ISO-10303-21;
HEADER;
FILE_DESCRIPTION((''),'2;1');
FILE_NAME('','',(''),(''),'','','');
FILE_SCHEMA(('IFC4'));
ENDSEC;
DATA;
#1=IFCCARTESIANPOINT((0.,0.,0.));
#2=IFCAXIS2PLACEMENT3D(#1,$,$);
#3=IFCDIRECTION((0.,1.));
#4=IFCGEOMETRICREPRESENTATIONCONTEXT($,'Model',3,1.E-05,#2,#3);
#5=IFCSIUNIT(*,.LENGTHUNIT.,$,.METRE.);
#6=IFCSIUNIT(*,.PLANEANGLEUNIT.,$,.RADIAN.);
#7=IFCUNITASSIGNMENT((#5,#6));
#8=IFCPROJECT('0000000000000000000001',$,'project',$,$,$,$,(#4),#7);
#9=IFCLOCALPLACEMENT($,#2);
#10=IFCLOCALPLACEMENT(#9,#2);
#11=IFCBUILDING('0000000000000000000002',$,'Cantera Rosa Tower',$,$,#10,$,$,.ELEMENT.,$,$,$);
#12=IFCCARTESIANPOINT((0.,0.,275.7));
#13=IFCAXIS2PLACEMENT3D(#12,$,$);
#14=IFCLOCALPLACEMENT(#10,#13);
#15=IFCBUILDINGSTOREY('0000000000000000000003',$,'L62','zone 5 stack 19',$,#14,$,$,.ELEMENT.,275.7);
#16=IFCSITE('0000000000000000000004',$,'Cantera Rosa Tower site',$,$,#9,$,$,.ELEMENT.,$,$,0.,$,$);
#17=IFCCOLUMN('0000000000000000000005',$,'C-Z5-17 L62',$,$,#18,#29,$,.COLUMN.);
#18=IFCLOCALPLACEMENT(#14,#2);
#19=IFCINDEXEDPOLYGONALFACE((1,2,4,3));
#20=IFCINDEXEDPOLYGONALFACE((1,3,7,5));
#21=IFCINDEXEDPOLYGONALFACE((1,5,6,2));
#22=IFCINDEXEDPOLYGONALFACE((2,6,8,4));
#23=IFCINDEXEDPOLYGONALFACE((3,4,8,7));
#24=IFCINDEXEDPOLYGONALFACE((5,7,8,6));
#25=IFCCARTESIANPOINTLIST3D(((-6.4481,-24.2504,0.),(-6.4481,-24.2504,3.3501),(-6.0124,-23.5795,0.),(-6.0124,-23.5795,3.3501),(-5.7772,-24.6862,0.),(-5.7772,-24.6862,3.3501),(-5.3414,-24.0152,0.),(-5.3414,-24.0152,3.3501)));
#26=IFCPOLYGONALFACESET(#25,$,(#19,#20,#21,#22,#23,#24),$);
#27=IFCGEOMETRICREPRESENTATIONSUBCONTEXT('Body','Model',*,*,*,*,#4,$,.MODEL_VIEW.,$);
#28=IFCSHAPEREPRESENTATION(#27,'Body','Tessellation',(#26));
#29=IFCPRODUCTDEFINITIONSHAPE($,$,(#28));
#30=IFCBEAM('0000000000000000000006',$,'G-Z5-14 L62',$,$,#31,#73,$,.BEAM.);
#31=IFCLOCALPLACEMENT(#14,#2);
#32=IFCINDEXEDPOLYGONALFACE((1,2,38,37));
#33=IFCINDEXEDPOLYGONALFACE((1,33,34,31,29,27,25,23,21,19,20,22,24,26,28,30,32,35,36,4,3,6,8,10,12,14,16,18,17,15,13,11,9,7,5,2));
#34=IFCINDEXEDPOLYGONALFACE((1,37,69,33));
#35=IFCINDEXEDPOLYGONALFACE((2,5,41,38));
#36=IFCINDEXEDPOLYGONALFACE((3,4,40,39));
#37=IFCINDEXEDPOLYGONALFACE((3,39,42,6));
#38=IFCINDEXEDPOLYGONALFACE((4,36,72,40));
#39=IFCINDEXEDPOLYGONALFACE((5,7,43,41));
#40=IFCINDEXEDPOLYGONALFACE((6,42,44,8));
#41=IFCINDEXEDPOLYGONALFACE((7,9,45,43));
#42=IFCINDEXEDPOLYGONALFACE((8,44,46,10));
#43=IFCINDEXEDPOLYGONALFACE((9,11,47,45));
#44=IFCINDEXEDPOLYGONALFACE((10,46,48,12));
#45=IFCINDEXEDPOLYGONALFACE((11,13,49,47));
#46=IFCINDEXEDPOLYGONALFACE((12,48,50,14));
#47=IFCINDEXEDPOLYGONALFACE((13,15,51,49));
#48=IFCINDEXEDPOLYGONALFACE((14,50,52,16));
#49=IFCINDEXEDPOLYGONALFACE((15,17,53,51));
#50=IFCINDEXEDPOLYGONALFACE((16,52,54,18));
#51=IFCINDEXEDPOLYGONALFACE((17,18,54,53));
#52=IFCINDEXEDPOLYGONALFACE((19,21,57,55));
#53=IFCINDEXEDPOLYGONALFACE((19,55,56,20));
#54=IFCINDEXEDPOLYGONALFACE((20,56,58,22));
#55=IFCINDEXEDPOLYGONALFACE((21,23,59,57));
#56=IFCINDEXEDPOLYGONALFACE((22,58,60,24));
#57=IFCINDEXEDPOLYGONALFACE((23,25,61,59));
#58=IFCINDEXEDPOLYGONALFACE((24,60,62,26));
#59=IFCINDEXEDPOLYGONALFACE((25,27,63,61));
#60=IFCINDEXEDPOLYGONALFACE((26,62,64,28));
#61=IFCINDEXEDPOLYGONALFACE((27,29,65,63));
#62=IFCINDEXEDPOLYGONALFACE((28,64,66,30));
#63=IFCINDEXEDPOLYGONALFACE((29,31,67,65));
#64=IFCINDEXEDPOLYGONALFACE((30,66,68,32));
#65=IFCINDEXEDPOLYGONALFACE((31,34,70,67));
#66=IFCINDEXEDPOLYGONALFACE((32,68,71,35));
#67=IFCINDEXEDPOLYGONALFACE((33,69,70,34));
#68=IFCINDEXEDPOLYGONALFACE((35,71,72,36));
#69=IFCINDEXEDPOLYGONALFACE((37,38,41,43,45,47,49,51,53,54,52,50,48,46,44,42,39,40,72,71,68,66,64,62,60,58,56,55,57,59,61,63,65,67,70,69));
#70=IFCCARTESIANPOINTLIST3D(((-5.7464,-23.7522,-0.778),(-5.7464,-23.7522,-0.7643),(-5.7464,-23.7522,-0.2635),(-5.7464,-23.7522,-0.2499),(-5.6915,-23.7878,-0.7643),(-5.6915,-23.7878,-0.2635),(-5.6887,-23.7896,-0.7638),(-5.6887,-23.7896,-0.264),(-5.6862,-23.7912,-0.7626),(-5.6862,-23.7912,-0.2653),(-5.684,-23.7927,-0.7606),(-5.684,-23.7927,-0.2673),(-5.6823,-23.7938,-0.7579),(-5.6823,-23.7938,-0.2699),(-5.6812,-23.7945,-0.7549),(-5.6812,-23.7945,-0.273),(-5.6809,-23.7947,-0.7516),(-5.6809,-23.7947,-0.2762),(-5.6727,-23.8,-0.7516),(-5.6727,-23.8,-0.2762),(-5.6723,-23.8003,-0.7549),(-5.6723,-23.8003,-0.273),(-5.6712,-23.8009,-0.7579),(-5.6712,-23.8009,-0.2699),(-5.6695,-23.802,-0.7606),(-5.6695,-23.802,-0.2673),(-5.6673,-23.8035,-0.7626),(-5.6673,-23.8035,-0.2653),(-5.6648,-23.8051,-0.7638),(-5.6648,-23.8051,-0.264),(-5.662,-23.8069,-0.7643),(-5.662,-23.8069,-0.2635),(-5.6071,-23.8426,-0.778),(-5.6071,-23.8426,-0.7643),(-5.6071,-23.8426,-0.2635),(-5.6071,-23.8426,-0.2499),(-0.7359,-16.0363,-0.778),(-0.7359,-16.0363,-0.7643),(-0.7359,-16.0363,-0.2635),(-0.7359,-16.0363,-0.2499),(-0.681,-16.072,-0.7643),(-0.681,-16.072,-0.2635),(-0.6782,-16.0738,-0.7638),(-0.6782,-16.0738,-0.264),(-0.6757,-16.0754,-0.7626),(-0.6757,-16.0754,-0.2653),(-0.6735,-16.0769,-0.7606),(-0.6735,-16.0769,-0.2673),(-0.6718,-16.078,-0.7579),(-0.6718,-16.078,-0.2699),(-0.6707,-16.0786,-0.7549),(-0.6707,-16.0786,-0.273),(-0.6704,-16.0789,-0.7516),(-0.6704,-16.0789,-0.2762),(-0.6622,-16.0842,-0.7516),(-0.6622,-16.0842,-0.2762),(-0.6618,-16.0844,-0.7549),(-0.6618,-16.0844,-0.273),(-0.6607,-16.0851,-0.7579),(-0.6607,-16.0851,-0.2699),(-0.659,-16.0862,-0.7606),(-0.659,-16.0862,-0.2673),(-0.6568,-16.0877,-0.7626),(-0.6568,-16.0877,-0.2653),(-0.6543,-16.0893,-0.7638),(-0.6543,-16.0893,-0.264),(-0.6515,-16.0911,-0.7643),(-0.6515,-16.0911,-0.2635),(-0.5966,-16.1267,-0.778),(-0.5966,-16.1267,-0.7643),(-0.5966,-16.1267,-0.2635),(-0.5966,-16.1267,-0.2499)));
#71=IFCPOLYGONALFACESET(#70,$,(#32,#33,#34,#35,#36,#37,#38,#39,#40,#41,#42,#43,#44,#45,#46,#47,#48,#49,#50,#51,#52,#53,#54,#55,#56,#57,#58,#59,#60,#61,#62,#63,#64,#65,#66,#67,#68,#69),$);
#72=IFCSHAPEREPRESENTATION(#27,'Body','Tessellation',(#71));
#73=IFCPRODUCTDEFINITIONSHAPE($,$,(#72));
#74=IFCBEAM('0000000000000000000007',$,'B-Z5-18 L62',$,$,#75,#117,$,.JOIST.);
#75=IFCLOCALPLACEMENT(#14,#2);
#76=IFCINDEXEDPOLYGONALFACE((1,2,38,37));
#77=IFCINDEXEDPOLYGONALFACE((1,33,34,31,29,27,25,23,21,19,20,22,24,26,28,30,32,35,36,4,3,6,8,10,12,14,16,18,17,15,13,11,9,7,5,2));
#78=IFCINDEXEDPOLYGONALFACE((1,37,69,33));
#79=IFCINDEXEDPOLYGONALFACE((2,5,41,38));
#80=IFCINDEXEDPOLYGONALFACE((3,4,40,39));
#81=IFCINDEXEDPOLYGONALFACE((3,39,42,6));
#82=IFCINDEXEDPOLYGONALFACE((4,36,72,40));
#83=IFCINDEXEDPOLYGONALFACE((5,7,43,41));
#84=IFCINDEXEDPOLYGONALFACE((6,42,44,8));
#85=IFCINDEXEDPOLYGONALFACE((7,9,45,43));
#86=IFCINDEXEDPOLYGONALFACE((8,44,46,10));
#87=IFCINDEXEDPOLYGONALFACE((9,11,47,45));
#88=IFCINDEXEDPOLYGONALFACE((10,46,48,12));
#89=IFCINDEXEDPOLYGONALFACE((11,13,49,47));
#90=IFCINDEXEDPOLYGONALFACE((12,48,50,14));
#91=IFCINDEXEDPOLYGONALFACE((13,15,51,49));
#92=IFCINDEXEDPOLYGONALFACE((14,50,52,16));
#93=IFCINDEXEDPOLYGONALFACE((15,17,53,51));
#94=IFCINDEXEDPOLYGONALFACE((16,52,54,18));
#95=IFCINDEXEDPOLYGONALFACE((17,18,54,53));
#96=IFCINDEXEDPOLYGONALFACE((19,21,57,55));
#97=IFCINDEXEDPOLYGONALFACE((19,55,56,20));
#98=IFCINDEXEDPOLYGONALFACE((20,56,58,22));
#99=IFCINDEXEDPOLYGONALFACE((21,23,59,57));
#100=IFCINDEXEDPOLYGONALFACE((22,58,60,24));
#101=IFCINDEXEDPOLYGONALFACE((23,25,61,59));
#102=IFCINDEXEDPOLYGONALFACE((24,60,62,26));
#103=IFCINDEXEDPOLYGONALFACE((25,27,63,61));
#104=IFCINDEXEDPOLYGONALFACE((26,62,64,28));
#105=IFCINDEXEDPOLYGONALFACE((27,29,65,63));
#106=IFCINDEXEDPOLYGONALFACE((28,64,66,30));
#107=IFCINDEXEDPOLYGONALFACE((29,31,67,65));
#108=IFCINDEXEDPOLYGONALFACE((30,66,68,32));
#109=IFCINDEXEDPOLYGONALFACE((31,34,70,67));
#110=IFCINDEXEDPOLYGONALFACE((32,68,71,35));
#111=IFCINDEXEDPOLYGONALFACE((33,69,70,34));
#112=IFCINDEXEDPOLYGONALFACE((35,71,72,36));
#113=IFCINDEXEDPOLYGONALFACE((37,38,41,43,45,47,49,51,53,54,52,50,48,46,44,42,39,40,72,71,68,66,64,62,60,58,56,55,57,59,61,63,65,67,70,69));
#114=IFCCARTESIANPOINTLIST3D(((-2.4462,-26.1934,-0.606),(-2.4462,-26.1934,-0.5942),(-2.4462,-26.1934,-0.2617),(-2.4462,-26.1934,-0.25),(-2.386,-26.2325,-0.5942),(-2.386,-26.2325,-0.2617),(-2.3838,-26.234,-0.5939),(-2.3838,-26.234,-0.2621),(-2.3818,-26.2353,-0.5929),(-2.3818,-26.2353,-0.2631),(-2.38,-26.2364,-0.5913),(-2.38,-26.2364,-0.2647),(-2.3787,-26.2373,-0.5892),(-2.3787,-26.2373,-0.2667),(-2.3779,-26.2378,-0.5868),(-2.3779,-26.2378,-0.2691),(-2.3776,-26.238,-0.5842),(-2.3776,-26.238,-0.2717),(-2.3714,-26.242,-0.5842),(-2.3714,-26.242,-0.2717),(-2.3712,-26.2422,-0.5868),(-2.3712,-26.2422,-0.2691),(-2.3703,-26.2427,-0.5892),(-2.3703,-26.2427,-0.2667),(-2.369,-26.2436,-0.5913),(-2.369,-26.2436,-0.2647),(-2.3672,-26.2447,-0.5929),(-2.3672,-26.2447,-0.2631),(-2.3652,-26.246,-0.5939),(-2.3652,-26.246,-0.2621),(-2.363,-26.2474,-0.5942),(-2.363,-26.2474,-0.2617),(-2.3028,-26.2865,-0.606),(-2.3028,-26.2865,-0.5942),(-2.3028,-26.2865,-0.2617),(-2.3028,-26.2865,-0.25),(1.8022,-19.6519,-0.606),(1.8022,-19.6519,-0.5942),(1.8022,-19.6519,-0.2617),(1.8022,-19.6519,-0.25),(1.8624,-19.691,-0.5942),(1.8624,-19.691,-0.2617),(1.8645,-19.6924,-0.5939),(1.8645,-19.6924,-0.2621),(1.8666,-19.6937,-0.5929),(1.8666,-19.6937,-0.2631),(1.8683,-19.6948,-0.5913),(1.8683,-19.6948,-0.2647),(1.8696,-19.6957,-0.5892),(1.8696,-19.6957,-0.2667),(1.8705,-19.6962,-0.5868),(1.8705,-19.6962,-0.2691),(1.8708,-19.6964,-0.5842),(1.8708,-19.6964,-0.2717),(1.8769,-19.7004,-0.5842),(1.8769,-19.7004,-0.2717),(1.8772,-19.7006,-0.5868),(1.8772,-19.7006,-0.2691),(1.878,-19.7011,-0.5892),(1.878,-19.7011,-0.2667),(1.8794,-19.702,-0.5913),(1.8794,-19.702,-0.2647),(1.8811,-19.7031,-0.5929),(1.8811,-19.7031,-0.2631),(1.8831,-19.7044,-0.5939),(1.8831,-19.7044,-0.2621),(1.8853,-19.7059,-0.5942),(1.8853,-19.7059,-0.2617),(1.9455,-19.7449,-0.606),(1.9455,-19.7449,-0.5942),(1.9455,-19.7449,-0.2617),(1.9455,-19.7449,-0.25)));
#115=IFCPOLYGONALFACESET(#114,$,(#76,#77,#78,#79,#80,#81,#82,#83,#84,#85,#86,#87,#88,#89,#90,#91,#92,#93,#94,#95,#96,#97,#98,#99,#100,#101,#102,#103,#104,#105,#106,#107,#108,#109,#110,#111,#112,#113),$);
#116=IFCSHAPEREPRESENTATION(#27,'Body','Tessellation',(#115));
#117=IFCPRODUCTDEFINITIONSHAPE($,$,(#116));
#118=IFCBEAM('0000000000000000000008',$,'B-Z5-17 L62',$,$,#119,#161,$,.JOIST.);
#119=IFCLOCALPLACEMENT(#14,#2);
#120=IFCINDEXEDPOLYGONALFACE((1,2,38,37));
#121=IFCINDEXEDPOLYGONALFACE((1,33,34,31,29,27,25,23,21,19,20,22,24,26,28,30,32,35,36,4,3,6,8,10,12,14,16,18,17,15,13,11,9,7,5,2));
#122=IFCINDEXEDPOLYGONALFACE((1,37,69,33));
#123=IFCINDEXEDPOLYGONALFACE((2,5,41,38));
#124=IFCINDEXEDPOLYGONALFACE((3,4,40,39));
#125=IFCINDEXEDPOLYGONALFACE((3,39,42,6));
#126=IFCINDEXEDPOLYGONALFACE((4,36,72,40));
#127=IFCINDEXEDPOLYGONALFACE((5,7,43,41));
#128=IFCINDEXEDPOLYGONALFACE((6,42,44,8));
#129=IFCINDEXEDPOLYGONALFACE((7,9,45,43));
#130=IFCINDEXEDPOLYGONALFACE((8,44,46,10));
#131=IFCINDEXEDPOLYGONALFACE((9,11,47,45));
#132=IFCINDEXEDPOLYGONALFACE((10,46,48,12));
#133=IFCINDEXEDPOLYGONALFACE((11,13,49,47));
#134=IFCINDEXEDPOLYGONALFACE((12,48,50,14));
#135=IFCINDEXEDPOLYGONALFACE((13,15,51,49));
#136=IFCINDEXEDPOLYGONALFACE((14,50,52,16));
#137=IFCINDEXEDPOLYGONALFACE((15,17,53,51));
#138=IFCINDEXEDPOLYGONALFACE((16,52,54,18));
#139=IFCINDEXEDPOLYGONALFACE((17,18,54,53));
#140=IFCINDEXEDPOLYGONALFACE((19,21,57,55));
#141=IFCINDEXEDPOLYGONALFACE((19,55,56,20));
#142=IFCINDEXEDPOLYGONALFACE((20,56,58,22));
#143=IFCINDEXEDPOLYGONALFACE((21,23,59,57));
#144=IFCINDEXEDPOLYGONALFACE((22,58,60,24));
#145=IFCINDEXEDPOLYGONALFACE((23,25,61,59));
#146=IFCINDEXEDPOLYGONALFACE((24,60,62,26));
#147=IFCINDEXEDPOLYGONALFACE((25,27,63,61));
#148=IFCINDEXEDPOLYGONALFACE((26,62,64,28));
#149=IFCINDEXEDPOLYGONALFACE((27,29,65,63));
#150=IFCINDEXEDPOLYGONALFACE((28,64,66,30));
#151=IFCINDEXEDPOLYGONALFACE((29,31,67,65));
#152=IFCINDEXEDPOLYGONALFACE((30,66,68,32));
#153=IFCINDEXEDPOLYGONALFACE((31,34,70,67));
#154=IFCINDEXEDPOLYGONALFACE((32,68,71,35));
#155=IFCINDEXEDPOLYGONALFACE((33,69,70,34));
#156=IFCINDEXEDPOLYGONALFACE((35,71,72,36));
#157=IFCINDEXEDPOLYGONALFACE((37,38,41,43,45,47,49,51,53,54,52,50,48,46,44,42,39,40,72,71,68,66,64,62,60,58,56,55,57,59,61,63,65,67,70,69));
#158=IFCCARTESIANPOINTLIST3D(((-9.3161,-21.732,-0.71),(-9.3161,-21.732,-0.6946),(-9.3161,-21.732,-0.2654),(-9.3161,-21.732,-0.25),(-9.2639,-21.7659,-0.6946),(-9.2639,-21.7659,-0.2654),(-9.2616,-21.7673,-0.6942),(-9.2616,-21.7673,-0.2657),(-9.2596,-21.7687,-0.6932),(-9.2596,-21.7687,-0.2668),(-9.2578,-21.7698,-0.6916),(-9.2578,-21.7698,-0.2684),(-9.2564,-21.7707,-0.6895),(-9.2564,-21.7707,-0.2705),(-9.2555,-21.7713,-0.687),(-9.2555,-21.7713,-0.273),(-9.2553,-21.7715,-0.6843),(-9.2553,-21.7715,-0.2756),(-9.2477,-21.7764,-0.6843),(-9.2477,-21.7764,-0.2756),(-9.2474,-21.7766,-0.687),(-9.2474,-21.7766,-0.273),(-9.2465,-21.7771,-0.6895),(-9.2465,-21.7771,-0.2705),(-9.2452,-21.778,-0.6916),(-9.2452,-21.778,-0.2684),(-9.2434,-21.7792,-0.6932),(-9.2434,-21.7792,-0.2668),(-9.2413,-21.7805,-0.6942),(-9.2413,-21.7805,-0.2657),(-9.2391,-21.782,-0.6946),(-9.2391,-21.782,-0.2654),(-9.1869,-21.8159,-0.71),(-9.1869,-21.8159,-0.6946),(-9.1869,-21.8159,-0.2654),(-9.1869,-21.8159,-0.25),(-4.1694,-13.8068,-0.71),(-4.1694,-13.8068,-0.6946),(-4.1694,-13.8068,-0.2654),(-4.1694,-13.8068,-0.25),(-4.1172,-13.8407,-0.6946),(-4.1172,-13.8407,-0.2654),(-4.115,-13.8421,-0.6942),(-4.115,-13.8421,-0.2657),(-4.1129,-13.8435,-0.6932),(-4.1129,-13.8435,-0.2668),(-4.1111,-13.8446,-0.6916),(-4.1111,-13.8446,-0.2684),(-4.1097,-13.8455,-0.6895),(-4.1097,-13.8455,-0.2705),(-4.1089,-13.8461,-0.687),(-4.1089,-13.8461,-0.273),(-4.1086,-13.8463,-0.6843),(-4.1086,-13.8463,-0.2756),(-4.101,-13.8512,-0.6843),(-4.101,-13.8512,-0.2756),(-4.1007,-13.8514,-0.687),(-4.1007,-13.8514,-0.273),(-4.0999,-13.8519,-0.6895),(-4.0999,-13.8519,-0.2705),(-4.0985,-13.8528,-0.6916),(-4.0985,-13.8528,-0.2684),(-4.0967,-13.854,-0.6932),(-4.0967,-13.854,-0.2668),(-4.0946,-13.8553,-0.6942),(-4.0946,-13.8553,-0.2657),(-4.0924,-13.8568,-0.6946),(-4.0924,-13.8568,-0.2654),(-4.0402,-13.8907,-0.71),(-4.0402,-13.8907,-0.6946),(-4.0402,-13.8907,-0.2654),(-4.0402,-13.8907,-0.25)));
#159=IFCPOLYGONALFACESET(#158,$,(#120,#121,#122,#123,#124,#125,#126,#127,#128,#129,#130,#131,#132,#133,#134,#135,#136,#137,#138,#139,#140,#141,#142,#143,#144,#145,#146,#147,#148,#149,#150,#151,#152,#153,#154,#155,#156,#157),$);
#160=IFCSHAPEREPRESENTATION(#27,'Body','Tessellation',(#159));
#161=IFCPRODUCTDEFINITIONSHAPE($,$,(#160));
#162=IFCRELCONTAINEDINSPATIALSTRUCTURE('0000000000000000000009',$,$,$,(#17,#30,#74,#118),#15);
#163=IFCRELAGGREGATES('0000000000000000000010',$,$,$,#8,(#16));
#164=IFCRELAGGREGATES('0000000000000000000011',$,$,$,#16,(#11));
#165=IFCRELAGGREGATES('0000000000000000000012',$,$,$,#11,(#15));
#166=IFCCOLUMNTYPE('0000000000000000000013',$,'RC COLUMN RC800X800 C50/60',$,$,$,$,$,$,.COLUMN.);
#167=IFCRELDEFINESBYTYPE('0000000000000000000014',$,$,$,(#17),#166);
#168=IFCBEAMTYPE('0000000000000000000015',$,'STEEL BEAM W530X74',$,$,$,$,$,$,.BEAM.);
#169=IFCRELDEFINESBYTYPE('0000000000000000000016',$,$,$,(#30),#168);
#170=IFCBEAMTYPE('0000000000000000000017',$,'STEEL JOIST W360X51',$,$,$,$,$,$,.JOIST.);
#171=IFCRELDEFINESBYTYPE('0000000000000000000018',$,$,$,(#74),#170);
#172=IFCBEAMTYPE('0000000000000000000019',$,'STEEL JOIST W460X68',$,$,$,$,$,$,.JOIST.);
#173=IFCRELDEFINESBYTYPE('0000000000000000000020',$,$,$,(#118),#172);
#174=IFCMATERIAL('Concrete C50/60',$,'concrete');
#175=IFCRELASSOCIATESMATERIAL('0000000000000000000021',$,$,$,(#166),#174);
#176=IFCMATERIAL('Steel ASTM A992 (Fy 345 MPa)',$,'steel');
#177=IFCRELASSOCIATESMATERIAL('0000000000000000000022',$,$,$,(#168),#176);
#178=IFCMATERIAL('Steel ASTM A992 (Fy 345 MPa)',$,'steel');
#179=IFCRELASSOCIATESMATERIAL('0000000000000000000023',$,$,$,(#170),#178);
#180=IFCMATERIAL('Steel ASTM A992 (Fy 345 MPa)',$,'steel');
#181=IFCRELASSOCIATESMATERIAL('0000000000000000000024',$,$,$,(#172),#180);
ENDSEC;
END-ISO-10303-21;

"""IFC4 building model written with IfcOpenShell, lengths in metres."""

from ifc_helpers import new_model, si_unit, direction, frame, origin, origin_2d, place, context, subcontext, project, spatial, rectangle, i_section, extrude, material, material_profile, profile_set, type_object, element, save


model = new_model("IFC4")

# Units and contexts
model_context = context("Model", 3, precision=1e-05, world=origin(), true_north=direction((0.0, 1.0)))
body_context = subcontext(model_context, "Body", "Model", "MODEL_VIEW")
ifc_project = project(units=[si_unit("LENGTHUNIT", "METRE"), si_unit("PLANEANGLEUNIT", "RADIAN")], contexts=[model_context])

# Site, building, storey
site_placement = place(None, origin())
site = spatial("IfcSite", under=ifc_project, at=site_placement, Name="Cantera Rosa Tower site", CompositionType="ELEMENT", RefElevation=0.0)
building_placement = place(site_placement, origin())
building = spatial("IfcBuilding", under=site, at=building_placement, Name="Cantera Rosa Tower", CompositionType="ELEMENT")
storey_placement = place(building_placement, frame((0.0, 0.0, 275.7)))
storey = spatial("IfcBuildingStorey", under=building, at=storey_placement, Name="L62", Description="zone 5 stack 19", CompositionType="ELEMENT", Elevation=275.7)

# Column
ifc_material_1 = material(Name="Concrete C50/60", Category="concrete")
ifc_material_profile_1 = material_profile(ifc_material_1, rectangle(XDim=0.8, YDim=0.8, at=origin_2d()), Name="RC COLUMN RC800X800 C50/60")
ifc_profile_set_1 = profile_set([ifc_material_profile_1], Name="Concrete C50/60")
column_type = type_object("IfcColumnType", Name="RC COLUMN RC800X800 C50/60", PredefinedType="COLUMN", material=ifc_profile_set_1)
column_placement = place(storey_placement, frame((-5.8948, -24.1328, 0.0), z_axis=(0.0, 0.0, 1.0), x_axis=(0.544639, 0.838671, 0.0)))
element("IfcColumn", 1, at=column_placement, inside=storey, type_object=column_type, Name="C-Z5-17 L62", PredefinedType="COLUMN", context=body_context, shape_type="SweptSolid", body=[
    extrude(rectangle(XDim=0.8, YDim=0.8, at=origin_2d()), origin(), (0.0, 0.0, 1.0), 3.3501),
])

# Beams
ifc_material_2 = material(Name="Steel ASTM A992 (Fy 345 MPa)", Category="steel")
ifc_material_profile_2 = material_profile(ifc_material_2, i_section(OverallWidth=0.166, OverallDepth=0.5281, WebThickness=0.0098, FlangeThickness=0.0137, FilletRadius=0.0127, at=origin_2d()), Name="W530X74")
ifc_profile_set_2 = profile_set([ifc_material_profile_2], Name="Steel ASTM A992 (Fy 345 MPa)")
beam_type_1 = type_object("IfcBeamType", Name="STEEL BEAM W530X74", PredefinedType="BEAM", material=ifc_profile_set_2)
beam_1_placement = place(storey_placement, frame((-5.6768, -23.7974, -0.5139), z_axis=(0.544623, 0.838681, 0.0), x_axis=(-0.838681, 0.544623, 0.0)))
element("IfcBeam", 2, at=beam_1_placement, inside=storey, type_object=beam_type_1, Name="G-Z5-14 L62", PredefinedType="BEAM", context=body_context, shape_type="SweptSolid", body=[
    extrude(i_section(OverallWidth=0.166, OverallDepth=0.5281, WebThickness=0.0098, FlangeThickness=0.0137, FilletRadius=0.0127, at=origin_2d()), origin(), (0.0, 0.0, 1.0), 9.2),
])
ifc_material_3 = material(Name="Steel ASTM A992 (Fy 345 MPa)", Category="steel")
ifc_material_profile_3 = material_profile(ifc_material_3, i_section(OverallWidth=0.1709, OverallDepth=0.356, WebThickness=0.0073, FlangeThickness=0.0117, FilletRadius=0.01, at=origin_2d()), Name="W360X51")
ifc_profile_set_3 = profile_set([ifc_material_profile_3], Name="Steel ASTM A992 (Fy 345 MPa)")
beam_type_2 = type_object("IfcBeamType", Name="STEEL JOIST W360X51", PredefinedType="JOIST", material=ifc_profile_set_3)
beam_2_placement = place(storey_placement, frame((-2.3745, -26.24, -0.428), z_axis=(0.544656, 0.83866, 0.0), x_axis=(-0.83866, 0.544656, 0.0)))
element("IfcBeam", 3, at=beam_2_placement, inside=storey, type_object=beam_type_2, Name="B-Z5-18 L62", PredefinedType="JOIST", context=body_context, shape_type="SweptSolid", body=[
    extrude(i_section(OverallWidth=0.1709, OverallDepth=0.356, WebThickness=0.0073, FlangeThickness=0.0117, FilletRadius=0.01, at=origin_2d()), origin(), (0.0, 0.0, 1.0), 7.8),
])
ifc_material_4 = material(Name="Steel ASTM A992 (Fy 345 MPa)", Category="steel")
ifc_material_profile_4 = material_profile(ifc_material_4, i_section(OverallWidth=0.1541, OverallDepth=0.46, WebThickness=0.009, FlangeThickness=0.0154, FilletRadius=0.0103, at=origin_2d()), Name="W460X68")
ifc_profile_set_4 = profile_set([ifc_material_profile_4], Name="Steel ASTM A992 (Fy 345 MPa)")
beam_type_3 = type_object("IfcBeamType", Name="STEEL JOIST W460X68", PredefinedType="JOIST", material=ifc_profile_set_4)
beam_3_placement = place(storey_placement, frame((-9.2515, -21.7739, -0.48), z_axis=(0.544638, 0.838671, 0.0), x_axis=(-0.838671, 0.544638, 0.0)))
element("IfcBeam", 4, at=beam_3_placement, inside=storey, type_object=beam_type_3, Name="B-Z5-17 L62", PredefinedType="JOIST", context=body_context, shape_type="SweptSolid", body=[
    extrude(i_section(OverallWidth=0.1541, OverallDepth=0.46, WebThickness=0.009, FlangeThickness=0.0154, FilletRadius=0.0103, at=origin_2d()), origin(), (0.0, 0.0, 1.0), 9.4497),
])

save(model, "model.ifc")
